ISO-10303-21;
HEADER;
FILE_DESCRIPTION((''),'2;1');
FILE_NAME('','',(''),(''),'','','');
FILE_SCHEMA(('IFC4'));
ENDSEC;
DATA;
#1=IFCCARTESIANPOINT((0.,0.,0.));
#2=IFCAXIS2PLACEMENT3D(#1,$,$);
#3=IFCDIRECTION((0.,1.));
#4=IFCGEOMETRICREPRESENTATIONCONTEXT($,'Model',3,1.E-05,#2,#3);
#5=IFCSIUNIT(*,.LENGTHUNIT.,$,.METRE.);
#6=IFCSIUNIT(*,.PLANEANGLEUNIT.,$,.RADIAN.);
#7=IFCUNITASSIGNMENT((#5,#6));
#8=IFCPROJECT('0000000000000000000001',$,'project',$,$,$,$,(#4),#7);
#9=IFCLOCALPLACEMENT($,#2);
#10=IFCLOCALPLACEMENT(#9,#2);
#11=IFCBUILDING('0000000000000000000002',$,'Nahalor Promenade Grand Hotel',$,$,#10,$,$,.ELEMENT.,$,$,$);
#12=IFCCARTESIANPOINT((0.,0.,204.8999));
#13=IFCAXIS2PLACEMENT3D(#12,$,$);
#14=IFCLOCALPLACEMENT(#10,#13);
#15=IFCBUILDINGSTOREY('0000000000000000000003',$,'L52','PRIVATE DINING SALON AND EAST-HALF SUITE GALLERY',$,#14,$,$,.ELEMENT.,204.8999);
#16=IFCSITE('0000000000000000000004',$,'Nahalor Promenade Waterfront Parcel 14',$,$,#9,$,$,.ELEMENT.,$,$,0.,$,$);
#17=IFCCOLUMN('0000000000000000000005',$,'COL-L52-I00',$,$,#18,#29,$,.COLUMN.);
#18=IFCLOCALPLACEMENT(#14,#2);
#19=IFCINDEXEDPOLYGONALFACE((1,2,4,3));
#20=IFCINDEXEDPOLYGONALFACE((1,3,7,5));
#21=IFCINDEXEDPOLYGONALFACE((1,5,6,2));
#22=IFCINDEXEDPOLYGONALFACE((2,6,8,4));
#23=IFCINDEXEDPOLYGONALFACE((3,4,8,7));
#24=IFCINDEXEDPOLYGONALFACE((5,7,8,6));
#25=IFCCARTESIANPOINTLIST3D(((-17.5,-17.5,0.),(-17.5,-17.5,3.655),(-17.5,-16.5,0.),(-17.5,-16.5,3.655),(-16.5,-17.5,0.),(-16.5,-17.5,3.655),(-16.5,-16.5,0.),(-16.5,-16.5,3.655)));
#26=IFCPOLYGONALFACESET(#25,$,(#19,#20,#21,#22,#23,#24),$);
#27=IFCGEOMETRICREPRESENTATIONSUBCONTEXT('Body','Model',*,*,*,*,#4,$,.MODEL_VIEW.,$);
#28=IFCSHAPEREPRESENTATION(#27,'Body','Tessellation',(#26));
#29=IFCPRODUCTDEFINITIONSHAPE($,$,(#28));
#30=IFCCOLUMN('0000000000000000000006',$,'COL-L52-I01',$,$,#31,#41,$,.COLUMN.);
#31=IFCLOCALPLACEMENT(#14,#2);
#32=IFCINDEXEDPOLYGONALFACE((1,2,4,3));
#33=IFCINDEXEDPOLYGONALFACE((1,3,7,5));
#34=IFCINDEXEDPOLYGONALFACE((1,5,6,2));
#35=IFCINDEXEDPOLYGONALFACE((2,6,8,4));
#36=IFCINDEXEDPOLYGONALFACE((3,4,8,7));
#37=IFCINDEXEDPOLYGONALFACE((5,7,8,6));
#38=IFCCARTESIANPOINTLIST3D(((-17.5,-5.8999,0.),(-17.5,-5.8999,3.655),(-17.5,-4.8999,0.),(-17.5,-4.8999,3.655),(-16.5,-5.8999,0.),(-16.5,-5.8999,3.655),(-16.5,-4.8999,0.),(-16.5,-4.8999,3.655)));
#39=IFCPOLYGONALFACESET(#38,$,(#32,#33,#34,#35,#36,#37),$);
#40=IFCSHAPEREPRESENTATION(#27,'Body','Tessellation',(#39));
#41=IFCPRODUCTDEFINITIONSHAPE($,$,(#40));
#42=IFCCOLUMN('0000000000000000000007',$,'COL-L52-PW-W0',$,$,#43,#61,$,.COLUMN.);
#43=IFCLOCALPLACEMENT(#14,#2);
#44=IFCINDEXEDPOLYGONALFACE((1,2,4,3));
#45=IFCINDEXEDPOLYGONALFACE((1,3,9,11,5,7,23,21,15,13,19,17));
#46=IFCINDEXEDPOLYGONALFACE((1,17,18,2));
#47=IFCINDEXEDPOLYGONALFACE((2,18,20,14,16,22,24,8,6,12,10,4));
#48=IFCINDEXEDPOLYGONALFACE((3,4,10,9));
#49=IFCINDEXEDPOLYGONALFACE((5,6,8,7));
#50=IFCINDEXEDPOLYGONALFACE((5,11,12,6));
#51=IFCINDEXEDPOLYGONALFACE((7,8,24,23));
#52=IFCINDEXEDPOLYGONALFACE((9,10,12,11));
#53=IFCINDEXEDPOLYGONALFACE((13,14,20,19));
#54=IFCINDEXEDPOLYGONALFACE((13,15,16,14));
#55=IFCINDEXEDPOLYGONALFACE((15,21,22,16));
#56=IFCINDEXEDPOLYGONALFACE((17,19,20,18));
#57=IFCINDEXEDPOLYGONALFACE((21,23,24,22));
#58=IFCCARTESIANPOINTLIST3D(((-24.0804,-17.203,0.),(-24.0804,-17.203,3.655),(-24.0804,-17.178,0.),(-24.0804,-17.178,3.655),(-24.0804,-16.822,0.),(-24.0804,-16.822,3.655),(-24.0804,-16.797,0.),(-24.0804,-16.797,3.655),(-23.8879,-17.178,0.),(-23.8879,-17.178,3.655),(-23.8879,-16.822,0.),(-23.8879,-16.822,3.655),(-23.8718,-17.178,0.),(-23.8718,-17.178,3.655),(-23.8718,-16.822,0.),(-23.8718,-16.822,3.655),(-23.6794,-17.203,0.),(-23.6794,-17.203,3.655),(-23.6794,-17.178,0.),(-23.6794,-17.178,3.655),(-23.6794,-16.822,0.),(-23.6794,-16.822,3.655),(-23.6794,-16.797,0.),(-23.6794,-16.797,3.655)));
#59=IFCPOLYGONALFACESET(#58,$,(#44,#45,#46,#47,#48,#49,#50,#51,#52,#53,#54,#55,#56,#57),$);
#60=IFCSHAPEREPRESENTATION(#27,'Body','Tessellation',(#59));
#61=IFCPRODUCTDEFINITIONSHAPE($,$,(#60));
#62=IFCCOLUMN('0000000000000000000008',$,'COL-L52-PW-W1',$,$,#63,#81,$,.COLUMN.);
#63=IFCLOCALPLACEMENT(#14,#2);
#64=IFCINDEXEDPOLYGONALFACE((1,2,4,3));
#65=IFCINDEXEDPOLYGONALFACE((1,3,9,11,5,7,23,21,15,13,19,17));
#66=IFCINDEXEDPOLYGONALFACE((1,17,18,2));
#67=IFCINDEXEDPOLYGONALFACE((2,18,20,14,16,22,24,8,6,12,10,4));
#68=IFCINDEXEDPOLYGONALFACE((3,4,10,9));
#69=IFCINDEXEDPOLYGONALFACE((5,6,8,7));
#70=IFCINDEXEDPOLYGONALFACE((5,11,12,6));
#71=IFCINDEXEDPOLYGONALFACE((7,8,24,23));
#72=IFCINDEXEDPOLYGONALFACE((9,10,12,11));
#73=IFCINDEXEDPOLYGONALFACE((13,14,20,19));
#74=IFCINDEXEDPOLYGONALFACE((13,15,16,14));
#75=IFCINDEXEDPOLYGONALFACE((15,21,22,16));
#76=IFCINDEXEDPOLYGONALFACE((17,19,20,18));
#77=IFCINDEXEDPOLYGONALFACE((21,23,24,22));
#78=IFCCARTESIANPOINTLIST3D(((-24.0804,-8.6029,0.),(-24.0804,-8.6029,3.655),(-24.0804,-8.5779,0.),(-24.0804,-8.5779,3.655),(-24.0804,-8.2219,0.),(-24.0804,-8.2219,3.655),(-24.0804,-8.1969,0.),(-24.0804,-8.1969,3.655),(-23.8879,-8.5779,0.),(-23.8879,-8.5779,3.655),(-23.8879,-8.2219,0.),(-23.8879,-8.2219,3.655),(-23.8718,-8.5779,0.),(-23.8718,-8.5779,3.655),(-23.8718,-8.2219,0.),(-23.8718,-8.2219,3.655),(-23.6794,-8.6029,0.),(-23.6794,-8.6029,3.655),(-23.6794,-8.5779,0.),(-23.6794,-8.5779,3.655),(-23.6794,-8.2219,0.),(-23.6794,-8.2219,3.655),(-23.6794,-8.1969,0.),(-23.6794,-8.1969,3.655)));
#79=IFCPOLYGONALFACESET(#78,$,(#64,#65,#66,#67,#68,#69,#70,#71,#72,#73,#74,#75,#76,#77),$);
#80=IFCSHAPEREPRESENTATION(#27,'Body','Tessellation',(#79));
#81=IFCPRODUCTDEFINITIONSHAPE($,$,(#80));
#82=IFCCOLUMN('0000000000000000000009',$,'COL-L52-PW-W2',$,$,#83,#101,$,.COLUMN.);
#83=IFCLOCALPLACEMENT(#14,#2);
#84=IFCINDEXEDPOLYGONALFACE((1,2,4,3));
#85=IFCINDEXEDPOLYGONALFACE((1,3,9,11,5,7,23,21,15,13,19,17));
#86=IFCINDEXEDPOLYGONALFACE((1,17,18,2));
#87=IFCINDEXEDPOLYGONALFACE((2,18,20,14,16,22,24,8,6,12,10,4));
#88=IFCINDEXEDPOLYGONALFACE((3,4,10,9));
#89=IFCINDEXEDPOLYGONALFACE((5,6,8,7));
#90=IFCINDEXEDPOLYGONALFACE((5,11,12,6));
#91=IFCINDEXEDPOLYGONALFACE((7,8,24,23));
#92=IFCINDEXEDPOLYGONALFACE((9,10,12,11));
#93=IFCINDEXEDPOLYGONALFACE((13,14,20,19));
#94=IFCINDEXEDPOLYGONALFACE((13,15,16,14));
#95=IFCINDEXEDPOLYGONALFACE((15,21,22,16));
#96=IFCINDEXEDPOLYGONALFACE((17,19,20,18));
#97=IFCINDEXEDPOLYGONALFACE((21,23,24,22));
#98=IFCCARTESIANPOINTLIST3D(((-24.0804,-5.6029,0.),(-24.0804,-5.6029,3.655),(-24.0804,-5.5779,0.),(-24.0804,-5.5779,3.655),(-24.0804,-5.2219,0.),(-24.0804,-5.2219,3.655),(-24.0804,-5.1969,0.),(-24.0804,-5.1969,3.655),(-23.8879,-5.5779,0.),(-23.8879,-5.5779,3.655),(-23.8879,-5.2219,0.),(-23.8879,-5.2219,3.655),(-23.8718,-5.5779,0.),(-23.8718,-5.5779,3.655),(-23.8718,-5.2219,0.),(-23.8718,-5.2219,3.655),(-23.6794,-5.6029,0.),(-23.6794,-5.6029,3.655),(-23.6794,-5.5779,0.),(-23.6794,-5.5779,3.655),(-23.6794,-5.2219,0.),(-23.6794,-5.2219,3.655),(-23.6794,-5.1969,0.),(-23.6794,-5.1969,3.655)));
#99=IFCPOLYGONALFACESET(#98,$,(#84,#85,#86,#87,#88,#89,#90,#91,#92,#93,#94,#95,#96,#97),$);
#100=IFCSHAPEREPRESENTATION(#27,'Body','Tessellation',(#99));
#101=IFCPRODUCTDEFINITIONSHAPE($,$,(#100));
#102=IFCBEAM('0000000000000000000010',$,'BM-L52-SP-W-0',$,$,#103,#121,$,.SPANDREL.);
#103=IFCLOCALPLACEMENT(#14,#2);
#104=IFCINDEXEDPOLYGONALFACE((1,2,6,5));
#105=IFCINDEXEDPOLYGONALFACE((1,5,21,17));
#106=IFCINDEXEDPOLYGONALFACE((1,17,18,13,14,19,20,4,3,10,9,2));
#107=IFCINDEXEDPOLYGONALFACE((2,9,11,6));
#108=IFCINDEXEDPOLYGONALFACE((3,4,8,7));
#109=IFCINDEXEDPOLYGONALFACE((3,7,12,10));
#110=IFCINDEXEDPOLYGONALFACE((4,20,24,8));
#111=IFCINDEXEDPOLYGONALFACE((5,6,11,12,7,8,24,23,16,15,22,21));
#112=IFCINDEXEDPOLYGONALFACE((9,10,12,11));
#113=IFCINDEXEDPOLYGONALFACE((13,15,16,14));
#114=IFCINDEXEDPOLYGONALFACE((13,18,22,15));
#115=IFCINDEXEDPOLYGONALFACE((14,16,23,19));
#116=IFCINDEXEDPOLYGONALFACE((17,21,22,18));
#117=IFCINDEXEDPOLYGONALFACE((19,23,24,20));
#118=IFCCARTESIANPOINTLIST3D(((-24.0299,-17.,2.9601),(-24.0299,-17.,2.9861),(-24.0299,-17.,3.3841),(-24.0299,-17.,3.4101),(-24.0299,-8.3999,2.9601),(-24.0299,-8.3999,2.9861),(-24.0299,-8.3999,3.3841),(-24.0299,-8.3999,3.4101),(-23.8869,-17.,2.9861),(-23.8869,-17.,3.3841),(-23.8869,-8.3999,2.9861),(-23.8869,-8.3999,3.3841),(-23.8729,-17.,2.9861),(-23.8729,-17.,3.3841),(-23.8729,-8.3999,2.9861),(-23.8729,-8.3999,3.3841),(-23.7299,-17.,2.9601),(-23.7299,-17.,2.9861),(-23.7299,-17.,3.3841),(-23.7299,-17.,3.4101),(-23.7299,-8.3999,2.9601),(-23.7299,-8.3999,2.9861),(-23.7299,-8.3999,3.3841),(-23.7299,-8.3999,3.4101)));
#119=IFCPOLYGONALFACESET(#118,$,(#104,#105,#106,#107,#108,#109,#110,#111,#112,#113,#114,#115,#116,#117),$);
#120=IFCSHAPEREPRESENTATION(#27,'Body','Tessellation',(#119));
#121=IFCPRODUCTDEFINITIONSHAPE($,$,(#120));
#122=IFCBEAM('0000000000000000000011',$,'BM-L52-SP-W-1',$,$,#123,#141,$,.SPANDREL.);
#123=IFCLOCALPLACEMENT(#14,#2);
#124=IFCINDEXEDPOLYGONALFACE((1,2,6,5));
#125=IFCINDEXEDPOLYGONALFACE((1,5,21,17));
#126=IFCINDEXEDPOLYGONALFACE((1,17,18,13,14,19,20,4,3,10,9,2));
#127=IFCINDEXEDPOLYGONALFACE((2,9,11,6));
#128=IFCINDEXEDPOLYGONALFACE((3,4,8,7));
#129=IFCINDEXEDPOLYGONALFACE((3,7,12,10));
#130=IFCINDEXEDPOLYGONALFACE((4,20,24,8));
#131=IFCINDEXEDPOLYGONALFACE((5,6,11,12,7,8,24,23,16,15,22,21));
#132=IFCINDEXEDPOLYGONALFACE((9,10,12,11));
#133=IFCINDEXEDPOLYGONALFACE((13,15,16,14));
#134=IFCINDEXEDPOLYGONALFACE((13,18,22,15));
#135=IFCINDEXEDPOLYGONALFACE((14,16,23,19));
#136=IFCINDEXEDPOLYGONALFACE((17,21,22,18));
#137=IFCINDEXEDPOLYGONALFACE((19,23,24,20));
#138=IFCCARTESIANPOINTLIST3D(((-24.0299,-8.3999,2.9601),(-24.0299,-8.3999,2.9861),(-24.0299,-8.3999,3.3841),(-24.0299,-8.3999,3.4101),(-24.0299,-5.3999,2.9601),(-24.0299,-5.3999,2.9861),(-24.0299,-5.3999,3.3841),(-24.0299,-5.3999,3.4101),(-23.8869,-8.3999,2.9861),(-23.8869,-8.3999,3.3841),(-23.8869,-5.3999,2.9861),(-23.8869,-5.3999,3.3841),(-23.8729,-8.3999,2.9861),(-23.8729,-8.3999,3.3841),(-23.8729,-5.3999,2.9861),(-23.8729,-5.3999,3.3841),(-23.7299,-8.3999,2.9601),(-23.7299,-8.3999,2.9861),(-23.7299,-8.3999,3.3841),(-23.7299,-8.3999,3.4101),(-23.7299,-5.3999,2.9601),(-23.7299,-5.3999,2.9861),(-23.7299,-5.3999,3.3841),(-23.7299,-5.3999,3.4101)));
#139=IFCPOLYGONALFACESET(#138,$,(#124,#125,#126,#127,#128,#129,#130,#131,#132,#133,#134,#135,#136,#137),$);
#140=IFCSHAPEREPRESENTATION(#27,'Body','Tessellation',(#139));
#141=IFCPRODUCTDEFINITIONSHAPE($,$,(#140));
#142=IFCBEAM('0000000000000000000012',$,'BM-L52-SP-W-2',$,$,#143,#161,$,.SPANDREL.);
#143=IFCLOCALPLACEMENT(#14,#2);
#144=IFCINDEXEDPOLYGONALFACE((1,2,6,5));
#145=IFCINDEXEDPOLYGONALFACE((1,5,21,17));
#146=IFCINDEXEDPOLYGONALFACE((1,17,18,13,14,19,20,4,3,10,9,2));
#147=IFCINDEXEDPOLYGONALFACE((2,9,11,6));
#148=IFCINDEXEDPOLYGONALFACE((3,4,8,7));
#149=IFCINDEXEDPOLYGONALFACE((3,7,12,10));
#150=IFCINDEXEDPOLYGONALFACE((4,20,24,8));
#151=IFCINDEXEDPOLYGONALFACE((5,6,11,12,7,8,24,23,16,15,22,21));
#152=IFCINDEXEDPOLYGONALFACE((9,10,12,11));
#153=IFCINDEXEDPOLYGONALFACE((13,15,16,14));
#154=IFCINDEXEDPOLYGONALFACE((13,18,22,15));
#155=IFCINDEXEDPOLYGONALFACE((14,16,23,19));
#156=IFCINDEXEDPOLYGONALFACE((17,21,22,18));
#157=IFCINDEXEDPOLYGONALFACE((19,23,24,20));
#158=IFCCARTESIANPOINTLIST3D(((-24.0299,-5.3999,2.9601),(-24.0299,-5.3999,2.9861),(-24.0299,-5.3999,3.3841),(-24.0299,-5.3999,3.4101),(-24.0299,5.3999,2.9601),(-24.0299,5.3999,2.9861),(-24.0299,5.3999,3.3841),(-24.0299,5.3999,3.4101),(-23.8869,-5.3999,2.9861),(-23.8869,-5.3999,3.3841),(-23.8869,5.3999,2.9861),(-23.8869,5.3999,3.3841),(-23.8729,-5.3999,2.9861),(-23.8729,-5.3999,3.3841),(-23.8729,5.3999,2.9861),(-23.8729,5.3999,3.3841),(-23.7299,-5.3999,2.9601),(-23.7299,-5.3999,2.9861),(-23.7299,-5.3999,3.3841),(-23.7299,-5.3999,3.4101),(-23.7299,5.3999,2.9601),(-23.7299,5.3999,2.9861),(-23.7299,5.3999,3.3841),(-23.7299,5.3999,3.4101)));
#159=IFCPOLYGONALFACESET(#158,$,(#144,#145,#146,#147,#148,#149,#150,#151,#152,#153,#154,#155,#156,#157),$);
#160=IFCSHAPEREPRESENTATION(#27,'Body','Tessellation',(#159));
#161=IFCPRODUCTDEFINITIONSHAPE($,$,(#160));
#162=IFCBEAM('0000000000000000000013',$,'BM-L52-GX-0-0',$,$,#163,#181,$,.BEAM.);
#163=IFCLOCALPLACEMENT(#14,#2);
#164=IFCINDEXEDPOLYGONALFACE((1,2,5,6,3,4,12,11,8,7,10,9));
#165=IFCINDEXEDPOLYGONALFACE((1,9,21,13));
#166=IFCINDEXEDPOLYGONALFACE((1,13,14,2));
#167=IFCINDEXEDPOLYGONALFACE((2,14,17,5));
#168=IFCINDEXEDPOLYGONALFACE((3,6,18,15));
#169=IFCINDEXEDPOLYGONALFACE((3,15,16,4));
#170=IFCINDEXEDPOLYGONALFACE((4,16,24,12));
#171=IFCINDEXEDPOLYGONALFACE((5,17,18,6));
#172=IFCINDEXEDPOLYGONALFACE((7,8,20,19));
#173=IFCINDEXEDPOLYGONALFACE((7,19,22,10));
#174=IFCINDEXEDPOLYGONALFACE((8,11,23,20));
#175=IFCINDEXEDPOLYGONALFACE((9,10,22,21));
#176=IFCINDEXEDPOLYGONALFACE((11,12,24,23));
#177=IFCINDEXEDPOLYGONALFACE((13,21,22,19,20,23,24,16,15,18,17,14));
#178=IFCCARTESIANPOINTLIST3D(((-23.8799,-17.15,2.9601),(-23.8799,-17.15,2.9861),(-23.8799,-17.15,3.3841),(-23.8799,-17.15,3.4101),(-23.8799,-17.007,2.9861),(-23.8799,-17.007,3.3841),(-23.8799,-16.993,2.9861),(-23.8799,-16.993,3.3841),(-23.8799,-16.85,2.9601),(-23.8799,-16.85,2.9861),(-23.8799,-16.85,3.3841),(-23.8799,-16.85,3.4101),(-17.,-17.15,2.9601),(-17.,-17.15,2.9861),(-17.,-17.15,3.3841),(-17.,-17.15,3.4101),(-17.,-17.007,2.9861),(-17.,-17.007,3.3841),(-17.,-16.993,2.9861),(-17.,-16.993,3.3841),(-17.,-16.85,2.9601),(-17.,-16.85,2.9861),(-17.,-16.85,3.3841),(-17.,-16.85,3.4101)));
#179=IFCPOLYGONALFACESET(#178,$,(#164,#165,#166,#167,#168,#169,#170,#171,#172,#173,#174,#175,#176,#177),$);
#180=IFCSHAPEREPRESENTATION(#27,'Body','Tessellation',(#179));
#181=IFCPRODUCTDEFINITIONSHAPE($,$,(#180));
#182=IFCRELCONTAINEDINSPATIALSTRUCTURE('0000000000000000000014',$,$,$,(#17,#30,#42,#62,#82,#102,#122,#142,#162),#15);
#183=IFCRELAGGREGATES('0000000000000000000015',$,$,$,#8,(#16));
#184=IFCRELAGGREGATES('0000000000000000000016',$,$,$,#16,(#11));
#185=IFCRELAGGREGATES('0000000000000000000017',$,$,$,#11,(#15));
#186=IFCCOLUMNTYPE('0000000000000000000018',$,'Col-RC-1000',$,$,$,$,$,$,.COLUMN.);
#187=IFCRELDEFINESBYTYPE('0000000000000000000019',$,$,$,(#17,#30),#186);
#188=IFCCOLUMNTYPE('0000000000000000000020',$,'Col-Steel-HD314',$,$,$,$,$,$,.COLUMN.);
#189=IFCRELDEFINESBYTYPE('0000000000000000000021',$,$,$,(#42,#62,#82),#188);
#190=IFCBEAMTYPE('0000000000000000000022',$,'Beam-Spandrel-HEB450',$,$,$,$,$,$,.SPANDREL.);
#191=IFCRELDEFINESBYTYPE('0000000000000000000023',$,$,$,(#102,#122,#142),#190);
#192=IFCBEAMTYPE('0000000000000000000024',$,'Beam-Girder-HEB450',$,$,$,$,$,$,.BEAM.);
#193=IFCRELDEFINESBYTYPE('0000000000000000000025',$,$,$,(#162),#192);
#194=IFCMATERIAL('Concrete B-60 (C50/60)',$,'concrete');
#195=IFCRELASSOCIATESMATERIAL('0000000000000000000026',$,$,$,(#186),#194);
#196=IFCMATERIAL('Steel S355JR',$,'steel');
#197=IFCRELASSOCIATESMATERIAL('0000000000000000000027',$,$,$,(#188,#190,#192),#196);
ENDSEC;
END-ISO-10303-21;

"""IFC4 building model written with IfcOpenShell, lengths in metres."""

from ifc_helpers import new_model, si_unit, direction, frame, origin, origin_2d, place, context, subcontext, project, spatial, rectangle, i_section, extrude, source, transform, mapped, material, material_profile, profile_set, type_object, element, save


model = new_model("IFC4")

# Units and contexts
model_context = context("Model", 3, precision=1e-05, world=origin(), true_north=direction((0.0, 1.0)))
body_context = subcontext(model_context, "Body", "Model", "MODEL_VIEW")
ifc_project = project(units=[si_unit("LENGTHUNIT", "METRE"), si_unit("PLANEANGLEUNIT", "RADIAN")], contexts=[model_context])

# Site, building, storey
site_placement = place(None, origin())
site = spatial("IfcSite", under=ifc_project, at=site_placement, Name="Nahalor Promenade Waterfront Parcel 14", CompositionType="ELEMENT", RefElevation=0.0)
building_placement = place(site_placement, origin())
building = spatial("IfcBuilding", under=site, at=building_placement, Name="Nahalor Promenade Grand Hotel", CompositionType="ELEMENT")
storey_placement = place(building_placement, frame((0.0, 0.0, 204.8999)))
storey = spatial("IfcBuildingStorey", under=building, at=storey_placement, Name="L52", Description="PRIVATE DINING SALON AND EAST-HALF SUITE GALLERY", CompositionType="ELEMENT", Elevation=204.8999)

# Columns
ifc_material_1 = material(Name="Concrete B-60 (C50/60)", Category="concrete")
ifc_material_profile_1 = material_profile(ifc_material_1, rectangle(XDim=1.0, YDim=1.0, at=origin_2d()), Name="RC 1000x1000")
ifc_profile_set_1 = profile_set([ifc_material_profile_1], Name="Concrete B-60 (C50/60)")
column_type_1 = type_object("IfcColumnType", Name="Col-RC-1000", PredefinedType="COLUMN", material=ifc_profile_set_1)
shared_shape_1 = source(origin(), body_context, "Body", "SweptSolid", [
    extrude(rectangle(XDim=1.0, YDim=1.0, at=origin_2d()), origin(), (0.0, 0.0, 1.0), 3.655),
])
for number, where, z_axis, x_axis, name in (
    (1, (-17.0, -17.0, 0.0), (0.0, 0.0, 1.0), (1.0, 0.0, 0.0), "COL-L52-I00"),
    (2, (-17.0, -5.3999, 0.0), (0.0, 0.0, 1.0), (1.0, 0.0, 0.0), "COL-L52-I01"),
):
    element("IfcColumn", number, at=place(storey_placement, frame(where, z_axis=z_axis, x_axis=x_axis)), inside=storey, type_object=column_type_1, Name=name, PredefinedType="COLUMN", context=body_context, shape_type="MappedRepresentation", body=[
        mapped(shared_shape_1, transform((0.0, 0.0, 0.0), scale=1.0)),
    ])
ifc_material_2 = material(Name="Steel S355JR", Category="steel")
ifc_material_profile_2 = material_profile(ifc_material_2, i_section(OverallWidth=0.401, OverallDepth=0.406, WebThickness=0.0161, FlangeThickness=0.025, at=origin_2d()), Name="HD 400x314")
ifc_profile_set_2 = profile_set([ifc_material_profile_2], Name="Steel S355JR")
column_type_2 = type_object("IfcColumnType", Name="Col-Steel-HD314", PredefinedType="COLUMN", material=ifc_profile_set_2)
shared_shape_2 = source(origin(), body_context, "Body", "SweptSolid", [
    extrude(i_section(OverallWidth=0.401, OverallDepth=0.406, WebThickness=0.0161, FlangeThickness=0.025, at=origin_2d()), origin(), (0.0, 0.0, 1.0), 3.655),
])
for number, where, z_axis, x_axis, name in (
    (3, (-23.8799, -17.0, 0.0), (0.0, 0.0, 1.0), (1.0, 0.0, 0.0), "COL-L52-PW-W0"),
    (4, (-23.8799, -8.3999, 0.0), (0.0, 0.0, 1.0), (1.0, 0.0, 0.0), "COL-L52-PW-W1"),
    (5, (-23.8799, -5.3999, 0.0), (0.0, 0.0, 1.0), (1.0, 0.0, 0.0), "COL-L52-PW-W2"),
):
    element("IfcColumn", number, at=place(storey_placement, frame(where, z_axis=z_axis, x_axis=x_axis)), inside=storey, type_object=column_type_2, Name=name, PredefinedType="COLUMN", context=body_context, shape_type="MappedRepresentation", body=[
        mapped(shared_shape_2, transform((0.0, 0.0, 0.0), scale=1.0)),
    ])

# Beams
ifc_material_profile_3 = material_profile(ifc_material_2, i_section(OverallWidth=0.3, OverallDepth=0.45, WebThickness=0.014, FlangeThickness=0.026, at=origin_2d()), Name="HEB 450")
ifc_profile_set_3 = profile_set([ifc_material_profile_3], Name="Steel S355JR")
beam_type_1 = type_object("IfcBeamType", Name="Beam-Spandrel-HEB450", PredefinedType="SPANDREL", material=ifc_profile_set_3)
shared_shape_3 = source(origin(), body_context, "Body", "SweptSolid", [
    extrude(i_section(OverallWidth=0.3, OverallDepth=0.45, WebThickness=0.014, FlangeThickness=0.026, at=origin_2d()), origin(), (0.0, 0.0, 1.0), 8.6001),
])
beam_1_placement = place(storey_placement, frame((-23.8799, -17.0, 3.1851), z_axis=(0.0, 1.0, 0.0), x_axis=(-1.0, 0.0, 0.0)))
element("IfcBeam", 6, at=beam_1_placement, inside=storey, type_object=beam_type_1, Name="BM-L52-SP-W-0", PredefinedType="SPANDREL", context=body_context, shape_type="MappedRepresentation", body=[
    mapped(shared_shape_3, transform((0.0, 0.0, 0.0), scale=1.0)),
])
shared_shape_4 = source(origin(), body_context, "Body", "SweptSolid", [
    extrude(i_section(OverallWidth=0.3, OverallDepth=0.45, WebThickness=0.014, FlangeThickness=0.026, at=origin_2d()), origin(), (0.0, 0.0, 1.0), 3.0),
])
beam_2_placement = place(storey_placement, frame((-23.8799, -8.3999, 3.1851), z_axis=(0.0, 1.0, 0.0), x_axis=(-1.0, 0.0, 0.0)))
element("IfcBeam", 7, at=beam_2_placement, inside=storey, type_object=beam_type_1, Name="BM-L52-SP-W-1", PredefinedType="SPANDREL", context=body_context, shape_type="MappedRepresentation", body=[
    mapped(shared_shape_4, transform((0.0, 0.0, 0.0), scale=1.0)),
])
shared_shape_5 = source(origin(), body_context, "Body", "SweptSolid", [
    extrude(i_section(OverallWidth=0.3, OverallDepth=0.45, WebThickness=0.014, FlangeThickness=0.026, at=origin_2d()), origin(), (0.0, 0.0, 1.0), 10.7998),
])
beam_3_placement = place(storey_placement, frame((-23.8799, -5.3999, 3.1851), z_axis=(0.0, 1.0, 0.0), x_axis=(-1.0, 0.0, 0.0)))
element("IfcBeam", 8, at=beam_3_placement, inside=storey, type_object=beam_type_1, Name="BM-L52-SP-W-2", PredefinedType="SPANDREL", context=body_context, shape_type="MappedRepresentation", body=[
    mapped(shared_shape_5, transform((0.0, 0.0, 0.0), scale=1.0)),
])
ifc_material_profile_4 = material_profile(ifc_material_2, i_section(OverallWidth=0.3, OverallDepth=0.45, WebThickness=0.014, FlangeThickness=0.026, at=origin_2d()), Name="HEB 450")
ifc_profile_set_4 = profile_set([ifc_material_profile_4], Name="Steel S355JR")
beam_type_2 = type_object("IfcBeamType", Name="Beam-Girder-HEB450", PredefinedType="BEAM", material=ifc_profile_set_4)
shared_shape_6 = source(origin(), body_context, "Body", "SweptSolid", [
    extrude(i_section(OverallWidth=0.3, OverallDepth=0.45, WebThickness=0.014, FlangeThickness=0.026, at=origin_2d()), origin(), (0.0, 0.0, 1.0), 6.8799),
])
for number, where, z_axis, x_axis, name in (
    (9, (-23.8799, -17.0, 3.1851), (1.0, 0.0, 0.0), (0.0, 1.0, 0.0), "BM-L52-GX-0-0"),
):
    element("IfcBeam", number, at=place(storey_placement, frame(where, z_axis=z_axis, x_axis=x_axis)), inside=storey, type_object=beam_type_2, Name=name, PredefinedType="BEAM", context=body_context, shape_type="MappedRepresentation", body=[
        mapped(shared_shape_6, transform((0.0, 0.0, 0.0), scale=1.0)),
    ])

save(model, "model.ifc")
